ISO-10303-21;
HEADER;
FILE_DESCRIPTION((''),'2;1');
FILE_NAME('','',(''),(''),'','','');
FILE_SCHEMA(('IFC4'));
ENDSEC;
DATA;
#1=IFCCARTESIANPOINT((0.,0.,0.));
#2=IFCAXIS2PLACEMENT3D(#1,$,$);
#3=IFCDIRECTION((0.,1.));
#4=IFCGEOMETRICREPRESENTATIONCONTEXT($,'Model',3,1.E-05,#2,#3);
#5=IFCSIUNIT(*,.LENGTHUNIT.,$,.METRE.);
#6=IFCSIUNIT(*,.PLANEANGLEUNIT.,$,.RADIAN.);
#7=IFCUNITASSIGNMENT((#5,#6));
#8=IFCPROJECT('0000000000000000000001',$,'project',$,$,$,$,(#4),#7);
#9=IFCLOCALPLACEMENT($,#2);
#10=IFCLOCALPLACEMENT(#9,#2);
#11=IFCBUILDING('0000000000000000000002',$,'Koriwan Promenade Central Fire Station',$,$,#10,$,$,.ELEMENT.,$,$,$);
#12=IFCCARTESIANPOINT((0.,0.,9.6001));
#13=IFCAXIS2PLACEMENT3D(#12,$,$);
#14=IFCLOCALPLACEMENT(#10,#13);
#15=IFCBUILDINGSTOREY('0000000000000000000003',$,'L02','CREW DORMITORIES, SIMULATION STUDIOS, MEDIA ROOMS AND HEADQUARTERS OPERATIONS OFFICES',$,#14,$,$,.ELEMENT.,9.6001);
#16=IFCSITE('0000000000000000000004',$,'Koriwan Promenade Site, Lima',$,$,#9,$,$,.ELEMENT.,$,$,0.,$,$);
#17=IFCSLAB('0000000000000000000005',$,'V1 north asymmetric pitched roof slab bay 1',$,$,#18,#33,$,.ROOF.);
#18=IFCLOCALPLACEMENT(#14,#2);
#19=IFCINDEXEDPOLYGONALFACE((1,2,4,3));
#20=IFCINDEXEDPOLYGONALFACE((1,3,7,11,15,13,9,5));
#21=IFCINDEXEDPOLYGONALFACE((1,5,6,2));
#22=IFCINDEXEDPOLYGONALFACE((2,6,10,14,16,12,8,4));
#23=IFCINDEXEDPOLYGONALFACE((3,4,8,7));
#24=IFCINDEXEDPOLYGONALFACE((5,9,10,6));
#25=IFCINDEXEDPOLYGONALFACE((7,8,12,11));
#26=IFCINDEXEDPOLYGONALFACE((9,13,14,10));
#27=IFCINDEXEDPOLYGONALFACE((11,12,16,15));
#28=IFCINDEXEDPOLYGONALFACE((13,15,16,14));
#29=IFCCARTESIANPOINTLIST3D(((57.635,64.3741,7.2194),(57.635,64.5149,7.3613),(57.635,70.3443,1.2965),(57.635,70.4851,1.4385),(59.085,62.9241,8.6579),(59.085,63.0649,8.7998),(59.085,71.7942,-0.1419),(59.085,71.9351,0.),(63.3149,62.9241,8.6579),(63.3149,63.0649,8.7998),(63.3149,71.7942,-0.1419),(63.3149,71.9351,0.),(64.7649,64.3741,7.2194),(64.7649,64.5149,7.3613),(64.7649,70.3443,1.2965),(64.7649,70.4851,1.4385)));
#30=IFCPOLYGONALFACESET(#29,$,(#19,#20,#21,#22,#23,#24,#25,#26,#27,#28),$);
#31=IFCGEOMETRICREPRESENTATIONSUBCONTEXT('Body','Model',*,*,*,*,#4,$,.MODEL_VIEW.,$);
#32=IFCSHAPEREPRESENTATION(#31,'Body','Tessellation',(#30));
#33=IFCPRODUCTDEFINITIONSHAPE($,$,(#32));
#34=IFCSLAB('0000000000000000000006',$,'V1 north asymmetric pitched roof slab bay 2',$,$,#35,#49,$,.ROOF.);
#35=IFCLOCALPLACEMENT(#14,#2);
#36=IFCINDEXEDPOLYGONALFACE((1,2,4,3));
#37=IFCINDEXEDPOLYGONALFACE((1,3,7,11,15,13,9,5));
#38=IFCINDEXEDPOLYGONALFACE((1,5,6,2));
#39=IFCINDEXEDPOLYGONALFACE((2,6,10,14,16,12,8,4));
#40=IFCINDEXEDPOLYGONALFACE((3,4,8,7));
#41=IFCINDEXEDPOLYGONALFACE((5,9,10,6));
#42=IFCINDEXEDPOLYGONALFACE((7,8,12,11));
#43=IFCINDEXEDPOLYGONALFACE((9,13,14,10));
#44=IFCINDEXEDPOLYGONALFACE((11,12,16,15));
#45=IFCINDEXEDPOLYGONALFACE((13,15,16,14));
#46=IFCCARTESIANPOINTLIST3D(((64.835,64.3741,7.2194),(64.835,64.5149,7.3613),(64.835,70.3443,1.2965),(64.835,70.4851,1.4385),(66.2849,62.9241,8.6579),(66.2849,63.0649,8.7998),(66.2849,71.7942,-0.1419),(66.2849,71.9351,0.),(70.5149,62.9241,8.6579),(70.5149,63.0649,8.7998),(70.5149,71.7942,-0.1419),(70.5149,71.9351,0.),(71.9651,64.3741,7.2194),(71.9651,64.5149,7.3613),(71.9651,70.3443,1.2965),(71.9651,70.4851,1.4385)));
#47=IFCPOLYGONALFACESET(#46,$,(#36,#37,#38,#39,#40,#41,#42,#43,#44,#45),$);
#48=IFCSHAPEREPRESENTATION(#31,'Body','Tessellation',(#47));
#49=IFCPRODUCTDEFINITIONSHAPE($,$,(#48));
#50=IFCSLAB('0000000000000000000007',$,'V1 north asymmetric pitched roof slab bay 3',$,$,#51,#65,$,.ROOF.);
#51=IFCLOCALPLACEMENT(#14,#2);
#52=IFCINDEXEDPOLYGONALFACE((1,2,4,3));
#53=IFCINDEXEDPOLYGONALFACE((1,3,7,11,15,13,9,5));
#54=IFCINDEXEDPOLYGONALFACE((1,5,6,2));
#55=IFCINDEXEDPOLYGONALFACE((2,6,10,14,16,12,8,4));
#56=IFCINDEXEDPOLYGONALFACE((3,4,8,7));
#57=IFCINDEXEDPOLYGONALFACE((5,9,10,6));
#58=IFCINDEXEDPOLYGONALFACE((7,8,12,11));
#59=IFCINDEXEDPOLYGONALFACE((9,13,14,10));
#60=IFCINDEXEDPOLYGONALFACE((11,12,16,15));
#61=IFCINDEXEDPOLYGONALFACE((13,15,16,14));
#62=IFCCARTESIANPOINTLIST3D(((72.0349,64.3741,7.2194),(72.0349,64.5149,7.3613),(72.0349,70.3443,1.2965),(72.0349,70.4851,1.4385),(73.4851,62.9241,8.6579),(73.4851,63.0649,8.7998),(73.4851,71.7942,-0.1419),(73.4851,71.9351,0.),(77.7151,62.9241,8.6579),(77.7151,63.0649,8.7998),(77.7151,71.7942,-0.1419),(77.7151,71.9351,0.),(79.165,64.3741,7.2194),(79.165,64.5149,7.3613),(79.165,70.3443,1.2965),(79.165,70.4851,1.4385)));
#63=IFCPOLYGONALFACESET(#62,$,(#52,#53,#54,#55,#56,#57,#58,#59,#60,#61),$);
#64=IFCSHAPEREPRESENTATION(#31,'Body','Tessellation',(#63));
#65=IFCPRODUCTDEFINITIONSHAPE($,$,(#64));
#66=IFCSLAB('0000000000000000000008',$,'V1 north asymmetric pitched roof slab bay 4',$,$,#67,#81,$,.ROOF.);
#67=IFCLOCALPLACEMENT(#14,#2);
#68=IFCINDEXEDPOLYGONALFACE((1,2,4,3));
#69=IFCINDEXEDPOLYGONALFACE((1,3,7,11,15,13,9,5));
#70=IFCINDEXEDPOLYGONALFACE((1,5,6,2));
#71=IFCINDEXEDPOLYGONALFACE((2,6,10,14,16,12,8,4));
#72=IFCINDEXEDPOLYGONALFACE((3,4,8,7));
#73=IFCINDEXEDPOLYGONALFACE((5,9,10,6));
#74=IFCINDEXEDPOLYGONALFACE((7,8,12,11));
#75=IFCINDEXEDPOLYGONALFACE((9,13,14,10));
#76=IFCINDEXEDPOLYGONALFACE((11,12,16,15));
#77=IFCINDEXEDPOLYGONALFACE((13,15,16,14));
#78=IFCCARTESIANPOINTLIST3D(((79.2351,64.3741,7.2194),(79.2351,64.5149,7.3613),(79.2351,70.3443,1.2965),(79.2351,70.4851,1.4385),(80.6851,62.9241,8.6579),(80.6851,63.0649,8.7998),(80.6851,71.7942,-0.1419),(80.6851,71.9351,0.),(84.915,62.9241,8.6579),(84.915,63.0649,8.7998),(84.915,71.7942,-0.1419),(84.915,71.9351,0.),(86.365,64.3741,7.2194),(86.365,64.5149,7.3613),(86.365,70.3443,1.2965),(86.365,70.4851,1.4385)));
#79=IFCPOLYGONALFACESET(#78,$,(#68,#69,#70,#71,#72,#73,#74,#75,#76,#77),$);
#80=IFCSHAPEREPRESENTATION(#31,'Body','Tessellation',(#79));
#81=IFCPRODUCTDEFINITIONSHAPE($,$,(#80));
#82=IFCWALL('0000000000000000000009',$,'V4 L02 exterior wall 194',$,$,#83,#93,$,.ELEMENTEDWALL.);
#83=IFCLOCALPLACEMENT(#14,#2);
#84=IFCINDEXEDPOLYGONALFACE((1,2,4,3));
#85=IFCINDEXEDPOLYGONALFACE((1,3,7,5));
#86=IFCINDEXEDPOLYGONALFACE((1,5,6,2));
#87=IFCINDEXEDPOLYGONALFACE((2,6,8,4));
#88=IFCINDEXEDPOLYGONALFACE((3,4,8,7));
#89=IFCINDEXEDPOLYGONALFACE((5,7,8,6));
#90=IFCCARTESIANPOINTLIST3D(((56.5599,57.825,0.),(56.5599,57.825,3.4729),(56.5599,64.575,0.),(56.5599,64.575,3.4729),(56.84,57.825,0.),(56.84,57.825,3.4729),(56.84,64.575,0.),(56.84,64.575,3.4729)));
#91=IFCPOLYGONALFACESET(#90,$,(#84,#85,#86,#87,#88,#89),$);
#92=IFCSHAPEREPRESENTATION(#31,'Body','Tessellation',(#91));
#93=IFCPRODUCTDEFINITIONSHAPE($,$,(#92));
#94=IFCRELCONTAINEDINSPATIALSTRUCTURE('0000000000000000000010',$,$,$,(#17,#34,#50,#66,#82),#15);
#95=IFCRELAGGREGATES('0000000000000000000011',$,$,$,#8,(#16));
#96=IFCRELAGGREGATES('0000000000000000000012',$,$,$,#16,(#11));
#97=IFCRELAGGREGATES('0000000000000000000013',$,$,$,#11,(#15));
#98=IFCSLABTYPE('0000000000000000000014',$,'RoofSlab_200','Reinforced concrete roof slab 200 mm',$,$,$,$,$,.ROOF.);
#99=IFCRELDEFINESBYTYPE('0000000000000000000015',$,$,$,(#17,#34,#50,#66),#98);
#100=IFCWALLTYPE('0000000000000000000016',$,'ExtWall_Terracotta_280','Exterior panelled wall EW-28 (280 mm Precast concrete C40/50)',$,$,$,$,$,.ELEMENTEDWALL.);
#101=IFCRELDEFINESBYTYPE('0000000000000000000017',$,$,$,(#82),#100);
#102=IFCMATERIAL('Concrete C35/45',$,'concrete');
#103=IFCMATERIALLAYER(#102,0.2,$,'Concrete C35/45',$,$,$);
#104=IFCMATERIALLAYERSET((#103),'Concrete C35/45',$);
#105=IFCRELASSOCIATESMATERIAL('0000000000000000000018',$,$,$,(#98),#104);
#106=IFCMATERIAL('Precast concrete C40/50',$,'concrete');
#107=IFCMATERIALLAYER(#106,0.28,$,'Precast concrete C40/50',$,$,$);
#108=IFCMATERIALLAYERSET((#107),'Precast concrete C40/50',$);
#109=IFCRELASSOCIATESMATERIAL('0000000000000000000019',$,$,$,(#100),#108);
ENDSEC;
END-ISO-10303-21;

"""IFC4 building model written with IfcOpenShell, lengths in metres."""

from ifc_helpers import new_model, si_unit, direction, frame, frame_2d, origin, place, context, subcontext, project, spatial, polyline, rectangle, outline, extrude, material, layer, layer_set, type_object, element, save


model = new_model("IFC4")

# Units and contexts
model_context = context("Model", 3, precision=1e-05, world=origin(), true_north=direction((0.0, 1.0)))
body_context = subcontext(model_context, "Body", "Model", "MODEL_VIEW")
ifc_project = project(units=[si_unit("LENGTHUNIT", "METRE"), si_unit("PLANEANGLEUNIT", "RADIAN")], contexts=[model_context])

# Site, building, storey
site_placement = place(None, origin())
site = spatial("IfcSite", under=ifc_project, at=site_placement, Name="Koriwan Promenade Site, Lima", CompositionType="ELEMENT", RefElevation=0.0)
building_placement = place(site_placement, origin())
building = spatial("IfcBuilding", under=site, at=building_placement, Name="Koriwan Promenade Central Fire Station", CompositionType="ELEMENT")
storey_placement = place(building_placement, frame((0.0, 0.0, 9.6001)))
storey = spatial("IfcBuildingStorey", under=building, at=storey_placement, Name="L02", Description="CREW DORMITORIES, SIMULATION STUDIOS, MEDIA ROOMS AND HEADQUARTERS OPERATIONS OFFICES", CompositionType="ELEMENT", Elevation=9.6001)

# Slabs
ifc_material_1 = material(Name="Concrete C35/45", Category="concrete")
ifc_layer_1 = layer(ifc_material_1, 0.2, Name="Concrete C35/45")
ifc_layer_set_1 = layer_set([ifc_layer_1], Name="Concrete C35/45")
slab_type = type_object("IfcSlabType", Name="RoofSlab_200", Description="Reinforced concrete roof slab 200 mm", PredefinedType="ROOF", material=ifc_layer_set_1)
slab_1_placement = place(storey_placement, frame((59.085, 63.0649, 8.7998), z_axis=(0.0, 0.704287, 0.709915), x_axis=(1.0, 0.0, 0.0)))
element("IfcSlab", 1, at=slab_1_placement, inside=storey, type_object=slab_type, Name="V1 north asymmetric pitched roof slab bay 1", PredefinedType="ROOF", context=body_context, shape_type="SweptSolid", body=[
    extrude(outline(polyline([(0.0, 0.0), (4.23, 0.0), (5.6799, 2.0424), (5.6799, 10.4522), (4.23, 12.4946), (0.0, 12.4946), (-1.45, 10.4522), (-1.45, 2.0424), (0.0, 0.0)])), origin(), (0.0, 0.0, -1.0), 0.2),
])
slab_2_placement = place(storey_placement, frame((66.2849, 63.0649, 8.7998), z_axis=(0.0, 0.704287, 0.709915), x_axis=(1.0, 0.0, 0.0)))
element("IfcSlab", 2, at=slab_2_placement, inside=storey, type_object=slab_type, Name="V1 north asymmetric pitched roof slab bay 2", PredefinedType="ROOF", context=body_context, shape_type="SweptSolid", body=[
    extrude(outline(polyline([(0.0, 0.0), (4.23, 0.0), (5.6802, 2.0424), (5.6802, 10.4522), (4.23, 12.4946), (0.0, 12.4946), (-1.45, 10.4522), (-1.45, 2.0424), (0.0, 0.0)])), origin(), (0.0, 0.0, -1.0), 0.2),
])
slab_3_placement = place(storey_placement, frame((73.4851, 63.0649, 8.7998), z_axis=(0.0, 0.704287, 0.709915), x_axis=(1.0, 0.0, 0.0)))
element("IfcSlab", 3, at=slab_3_placement, inside=storey, type_object=slab_type, Name="V1 north asymmetric pitched roof slab bay 3", PredefinedType="ROOF", context=body_context, shape_type="SweptSolid", body=[
    extrude(outline(polyline([(0.0, 0.0), (4.23, 0.0), (5.6799, 2.0424), (5.6799, 10.4522), (4.23, 12.4946), (0.0, 12.4946), (-1.4502, 10.4522), (-1.4502, 2.0424), (0.0, 0.0)])), origin(), (0.0, 0.0, -1.0), 0.2),
])
slab_4_placement = place(storey_placement, frame((80.6851, 63.0649, 8.7998), z_axis=(0.0, 0.704287, 0.709915), x_axis=(1.0, 0.0, 0.0)))
element("IfcSlab", 4, at=slab_4_placement, inside=storey, type_object=slab_type, Name="V1 north asymmetric pitched roof slab bay 4", PredefinedType="ROOF", context=body_context, shape_type="SweptSolid", body=[
    extrude(outline(polyline([(0.0, 0.0), (4.23, 0.0), (5.6799, 2.0424), (5.6799, 10.4522), (4.23, 12.4946), (0.0, 12.4946), (-1.45, 10.4522), (-1.45, 2.0424), (0.0, 0.0)])), origin(), (0.0, 0.0, -1.0), 0.2),
])

# Wall
ifc_material_2 = material(Name="Precast concrete C40/50", Category="concrete")
ifc_layer_2 = layer(ifc_material_2, 0.28, Name="Precast concrete C40/50")
ifc_layer_set_2 = layer_set([ifc_layer_2], Name="Precast concrete C40/50")
wall_type = type_object("IfcWallType", Name="ExtWall_Terracotta_280", Description="Exterior panelled wall EW-28 (280 mm Precast concrete C40/50)", PredefinedType="ELEMENTEDWALL", material=ifc_layer_set_2)
wall_placement = place(storey_placement, frame((56.7, 57.825, 0.0), z_axis=(0.0, 0.0, 1.0), x_axis=(0.0, 1.0, 0.0)))
element("IfcWall", 5, at=wall_placement, inside=storey, type_object=wall_type, Name="V4 L02 exterior wall 194", PredefinedType="ELEMENTEDWALL", context=body_context, shape_type="SweptSolid", body=[
    extrude(rectangle(XDim=6.75, YDim=0.28, at=frame_2d((3.375, 0.0))), origin(), (0.0, 0.0, 1.0), 3.4729),
])

save(model, "model.ifc")
